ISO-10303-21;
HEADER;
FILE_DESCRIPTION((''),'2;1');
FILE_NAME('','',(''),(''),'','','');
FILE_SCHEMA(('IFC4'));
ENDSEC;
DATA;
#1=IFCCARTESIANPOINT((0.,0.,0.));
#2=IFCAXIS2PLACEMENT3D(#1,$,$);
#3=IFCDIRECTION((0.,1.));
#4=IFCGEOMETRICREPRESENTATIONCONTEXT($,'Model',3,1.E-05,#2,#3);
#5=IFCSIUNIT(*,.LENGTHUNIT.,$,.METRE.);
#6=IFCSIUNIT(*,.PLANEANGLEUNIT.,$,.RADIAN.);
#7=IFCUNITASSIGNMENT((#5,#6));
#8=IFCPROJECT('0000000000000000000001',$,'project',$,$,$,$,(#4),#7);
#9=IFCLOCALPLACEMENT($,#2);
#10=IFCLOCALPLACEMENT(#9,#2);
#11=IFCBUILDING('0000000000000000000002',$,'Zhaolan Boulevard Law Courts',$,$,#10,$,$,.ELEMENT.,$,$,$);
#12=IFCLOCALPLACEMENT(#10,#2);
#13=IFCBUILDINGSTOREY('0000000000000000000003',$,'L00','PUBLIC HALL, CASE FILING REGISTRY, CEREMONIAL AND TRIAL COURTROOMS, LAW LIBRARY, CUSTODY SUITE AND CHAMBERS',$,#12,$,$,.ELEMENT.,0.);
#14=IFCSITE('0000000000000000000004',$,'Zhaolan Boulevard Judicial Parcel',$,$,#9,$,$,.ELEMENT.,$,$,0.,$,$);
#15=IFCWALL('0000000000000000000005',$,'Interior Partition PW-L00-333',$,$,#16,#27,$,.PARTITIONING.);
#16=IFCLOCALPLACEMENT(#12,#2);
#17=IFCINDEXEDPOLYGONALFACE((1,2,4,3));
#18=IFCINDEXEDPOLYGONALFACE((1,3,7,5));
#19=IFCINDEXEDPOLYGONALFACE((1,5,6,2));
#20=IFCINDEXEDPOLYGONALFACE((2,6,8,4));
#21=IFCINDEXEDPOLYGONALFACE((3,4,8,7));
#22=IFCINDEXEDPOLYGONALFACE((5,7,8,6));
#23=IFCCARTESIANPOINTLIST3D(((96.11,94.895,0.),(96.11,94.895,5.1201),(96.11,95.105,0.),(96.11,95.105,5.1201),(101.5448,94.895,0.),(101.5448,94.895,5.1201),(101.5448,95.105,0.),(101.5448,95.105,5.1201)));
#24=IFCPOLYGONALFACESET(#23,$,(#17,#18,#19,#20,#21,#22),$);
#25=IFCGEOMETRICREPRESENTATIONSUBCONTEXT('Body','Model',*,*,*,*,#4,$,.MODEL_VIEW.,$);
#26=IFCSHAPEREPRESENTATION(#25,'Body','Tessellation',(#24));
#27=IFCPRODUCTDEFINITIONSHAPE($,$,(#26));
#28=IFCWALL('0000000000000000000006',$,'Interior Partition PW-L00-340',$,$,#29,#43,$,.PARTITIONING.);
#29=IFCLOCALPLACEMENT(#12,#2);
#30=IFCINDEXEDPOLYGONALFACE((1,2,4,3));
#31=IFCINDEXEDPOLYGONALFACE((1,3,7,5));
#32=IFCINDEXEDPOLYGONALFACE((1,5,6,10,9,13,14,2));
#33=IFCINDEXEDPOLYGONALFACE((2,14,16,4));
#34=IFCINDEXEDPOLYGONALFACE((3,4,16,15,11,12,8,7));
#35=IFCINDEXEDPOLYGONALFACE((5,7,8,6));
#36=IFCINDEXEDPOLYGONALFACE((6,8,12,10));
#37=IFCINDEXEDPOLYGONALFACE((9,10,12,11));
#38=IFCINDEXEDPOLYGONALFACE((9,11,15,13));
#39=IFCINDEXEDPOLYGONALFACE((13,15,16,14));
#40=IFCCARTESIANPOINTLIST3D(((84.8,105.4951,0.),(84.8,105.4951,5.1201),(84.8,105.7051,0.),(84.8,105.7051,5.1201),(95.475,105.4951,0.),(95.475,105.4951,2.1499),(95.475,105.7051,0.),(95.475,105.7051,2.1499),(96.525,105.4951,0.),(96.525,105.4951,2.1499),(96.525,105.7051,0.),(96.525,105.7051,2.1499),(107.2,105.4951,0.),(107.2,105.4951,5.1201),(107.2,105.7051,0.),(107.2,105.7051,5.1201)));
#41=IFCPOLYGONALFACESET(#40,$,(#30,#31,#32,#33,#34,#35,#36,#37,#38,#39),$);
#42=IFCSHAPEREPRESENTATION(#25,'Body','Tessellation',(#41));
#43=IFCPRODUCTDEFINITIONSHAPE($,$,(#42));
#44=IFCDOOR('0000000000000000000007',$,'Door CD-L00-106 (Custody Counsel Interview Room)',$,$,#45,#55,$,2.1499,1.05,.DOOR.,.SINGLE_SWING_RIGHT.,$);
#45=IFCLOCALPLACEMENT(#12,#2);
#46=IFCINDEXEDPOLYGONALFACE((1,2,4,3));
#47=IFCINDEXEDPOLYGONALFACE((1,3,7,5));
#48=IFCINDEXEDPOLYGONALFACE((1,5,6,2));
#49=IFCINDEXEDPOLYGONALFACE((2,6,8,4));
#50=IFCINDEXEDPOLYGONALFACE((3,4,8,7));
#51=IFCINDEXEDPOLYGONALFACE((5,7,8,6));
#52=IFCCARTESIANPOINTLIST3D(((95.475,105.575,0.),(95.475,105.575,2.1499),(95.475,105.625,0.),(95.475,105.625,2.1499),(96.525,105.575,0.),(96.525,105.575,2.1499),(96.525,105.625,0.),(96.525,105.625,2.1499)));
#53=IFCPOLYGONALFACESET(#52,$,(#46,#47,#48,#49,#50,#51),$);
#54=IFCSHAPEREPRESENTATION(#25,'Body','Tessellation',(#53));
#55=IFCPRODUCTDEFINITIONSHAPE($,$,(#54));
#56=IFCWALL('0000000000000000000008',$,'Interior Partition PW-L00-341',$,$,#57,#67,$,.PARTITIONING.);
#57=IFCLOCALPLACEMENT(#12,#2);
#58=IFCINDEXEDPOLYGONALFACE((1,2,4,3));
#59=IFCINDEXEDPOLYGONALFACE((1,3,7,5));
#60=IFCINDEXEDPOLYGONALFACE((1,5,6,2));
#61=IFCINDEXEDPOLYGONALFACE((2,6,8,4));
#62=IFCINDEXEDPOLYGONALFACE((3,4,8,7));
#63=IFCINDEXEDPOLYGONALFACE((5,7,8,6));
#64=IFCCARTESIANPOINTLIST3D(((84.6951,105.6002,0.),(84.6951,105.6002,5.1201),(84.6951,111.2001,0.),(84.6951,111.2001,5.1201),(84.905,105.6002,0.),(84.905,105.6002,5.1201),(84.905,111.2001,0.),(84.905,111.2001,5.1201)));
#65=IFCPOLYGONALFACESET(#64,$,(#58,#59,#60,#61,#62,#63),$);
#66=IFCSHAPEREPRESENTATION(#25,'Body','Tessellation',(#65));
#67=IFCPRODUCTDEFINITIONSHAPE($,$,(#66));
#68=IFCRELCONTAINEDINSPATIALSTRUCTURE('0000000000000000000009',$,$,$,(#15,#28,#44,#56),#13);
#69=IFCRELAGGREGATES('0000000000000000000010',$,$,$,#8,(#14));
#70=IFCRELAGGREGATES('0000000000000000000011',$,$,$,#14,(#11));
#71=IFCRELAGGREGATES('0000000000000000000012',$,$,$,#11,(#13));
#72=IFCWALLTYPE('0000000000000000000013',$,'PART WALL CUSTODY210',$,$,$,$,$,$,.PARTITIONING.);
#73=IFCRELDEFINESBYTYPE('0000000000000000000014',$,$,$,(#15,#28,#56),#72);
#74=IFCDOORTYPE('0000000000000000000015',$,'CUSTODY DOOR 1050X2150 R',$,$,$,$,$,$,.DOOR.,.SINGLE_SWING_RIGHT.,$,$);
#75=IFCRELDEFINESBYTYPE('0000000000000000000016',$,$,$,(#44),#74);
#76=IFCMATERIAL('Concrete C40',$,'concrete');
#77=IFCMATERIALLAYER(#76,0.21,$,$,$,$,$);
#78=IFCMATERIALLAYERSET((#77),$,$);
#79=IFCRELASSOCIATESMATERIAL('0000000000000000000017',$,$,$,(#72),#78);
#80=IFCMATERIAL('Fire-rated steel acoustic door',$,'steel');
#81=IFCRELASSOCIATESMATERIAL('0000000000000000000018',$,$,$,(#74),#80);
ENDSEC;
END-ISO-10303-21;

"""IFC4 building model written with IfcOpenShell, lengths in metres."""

from ifc_helpers import new_model, si_unit, direction, frame, frame_2d, origin, place, context, subcontext, project, spatial, rectangle, extrude, material, layer, layer_set, type_object, element, fill, save


model = new_model("IFC4")

# Units and contexts
model_context = context("Model", 3, precision=1e-05, world=origin(), true_north=direction((0.0, 1.0)))
body_context = subcontext(model_context, "Body", "Model", "MODEL_VIEW")
ifc_project = project(units=[si_unit("LENGTHUNIT", "METRE"), si_unit("PLANEANGLEUNIT", "RADIAN")], contexts=[model_context])

# Site, building, storey
site_placement = place(None, origin())
site = spatial("IfcSite", under=ifc_project, at=site_placement, Name="Zhaolan Boulevard Judicial Parcel", CompositionType="ELEMENT", RefElevation=0.0)
building_placement = place(site_placement, origin())
building = spatial("IfcBuilding", under=site, at=building_placement, Name="Zhaolan Boulevard Law Courts", CompositionType="ELEMENT")
storey_placement = place(building_placement, origin())
storey = spatial("IfcBuildingStorey", under=building, at=storey_placement, Name="L00", Description="PUBLIC HALL, CASE FILING REGISTRY, CEREMONIAL AND TRIAL COURTROOMS, LAW LIBRARY, CUSTODY SUITE AND CHAMBERS", CompositionType="ELEMENT", Elevation=0.0)

# Shared definitions
ifc_material_1 = material(Name="Concrete C40", Category="concrete")
ifc_layer_1 = layer(ifc_material_1, 0.21)
ifc_layer_set_1 = layer_set([ifc_layer_1])
wall_type_1 = type_object("IfcWallType", Name="PART WALL CUSTODY210", PredefinedType="PARTITIONING", material=ifc_layer_set_1)
ifc_material_2 = material(Name="Fire-rated steel acoustic door", Category="steel")
door_type_1 = type_object("IfcDoorType", Name="CUSTODY DOOR 1050X2150 R", OperationType="SINGLE_SWING_RIGHT", PredefinedType="DOOR", material=ifc_material_2)

# Wall
wall_1_placement = place(storey_placement, frame((96.1101, 95.0, 0.0), z_axis=(0.0, 0.0, 1.0), x_axis=(1.0, 0.0, 0.0)))
element("IfcWall", 1, at=wall_1_placement, inside=storey, type_object=wall_type_1, Name="Interior Partition PW-L00-333", PredefinedType="PARTITIONING", context=body_context, shape_type="SweptSolid", body=[
    extrude(rectangle(XDim=5.4348, YDim=0.21, at=frame_2d((2.7173, 0.0))), origin(), (0.0, 0.0, 1.0), 5.1201),
])

# Wall, opening, door
wall_2_placement = place(storey_placement, frame((84.8, 105.6001, 0.0), z_axis=(0.0, 0.0, 1.0), x_axis=(1.0, 0.0, 0.0)))
wall_2 = element("IfcWall", 2, at=wall_2_placement, inside=storey, type_object=wall_type_1, Name="Interior Partition PW-L00-340", PredefinedType="PARTITIONING", context=body_context, shape_type="SweptSolid", body=[
    extrude(rectangle(XDim=22.3999, YDim=0.21, at=frame_2d((11.2, 0.0))), origin(), (0.0, 0.0, 1.0), 5.1201),
])
opening_1_placement = place(wall_2_placement, frame((10.675, 0.0, 0.0)))
opening_1 = element("IfcOpeningElement", 3, at=opening_1_placement, cuts=wall_2, PredefinedType="OPENING", context=body_context, shape_type="SweptSolid", body=[
    extrude(rectangle(XDim=1.05, YDim=2.1499, at=frame_2d((0.5249, 1.075))), frame((0.0, 0.115, 0.0), z_axis=(0.0, -1.0, 0.0), x_axis=(1.0, 0.0, 0.0)), (0.0, 0.0, 1.0), 0.23),
])
door_1_placement = place(opening_1_placement, origin())
door_1 = element("IfcDoor", 4, at=door_1_placement, inside=storey, type_object=door_type_1, Name="Door CD-L00-106 (Custody Counsel Interview Room)", OperationType="SINGLE_SWING_RIGHT", OverallHeight=2.1499, OverallWidth=1.05, PredefinedType="DOOR", context=body_context, shape_type="SweptSolid", body=[
    extrude(rectangle(XDim=1.05, YDim=2.1499, at=frame_2d((0.5249, 1.075))), frame((0.0, 0.0249, 0.0), z_axis=(0.0, -1.0, 0.0), x_axis=(1.0, 0.0, 0.0)), (0.0, 0.0, 1.0), 0.05),
])
fill(opening_1, door_1)

# Wall
wall_3_placement = place(storey_placement, frame((84.8, 111.2, 0.0), z_axis=(0.0, 0.0, 1.0), x_axis=(0.0, -1.0, 0.0)))
element("IfcWall", 5, at=wall_3_placement, inside=storey, type_object=wall_type_1, Name="Interior Partition PW-L00-341", PredefinedType="PARTITIONING", context=body_context, shape_type="SweptSolid", body=[
    extrude(rectangle(XDim=5.5999, YDim=0.21, at=frame_2d((2.7998, 0.0))), origin(), (0.0, 0.0, 1.0), 5.1201),
])

save(model, "model.ifc")
